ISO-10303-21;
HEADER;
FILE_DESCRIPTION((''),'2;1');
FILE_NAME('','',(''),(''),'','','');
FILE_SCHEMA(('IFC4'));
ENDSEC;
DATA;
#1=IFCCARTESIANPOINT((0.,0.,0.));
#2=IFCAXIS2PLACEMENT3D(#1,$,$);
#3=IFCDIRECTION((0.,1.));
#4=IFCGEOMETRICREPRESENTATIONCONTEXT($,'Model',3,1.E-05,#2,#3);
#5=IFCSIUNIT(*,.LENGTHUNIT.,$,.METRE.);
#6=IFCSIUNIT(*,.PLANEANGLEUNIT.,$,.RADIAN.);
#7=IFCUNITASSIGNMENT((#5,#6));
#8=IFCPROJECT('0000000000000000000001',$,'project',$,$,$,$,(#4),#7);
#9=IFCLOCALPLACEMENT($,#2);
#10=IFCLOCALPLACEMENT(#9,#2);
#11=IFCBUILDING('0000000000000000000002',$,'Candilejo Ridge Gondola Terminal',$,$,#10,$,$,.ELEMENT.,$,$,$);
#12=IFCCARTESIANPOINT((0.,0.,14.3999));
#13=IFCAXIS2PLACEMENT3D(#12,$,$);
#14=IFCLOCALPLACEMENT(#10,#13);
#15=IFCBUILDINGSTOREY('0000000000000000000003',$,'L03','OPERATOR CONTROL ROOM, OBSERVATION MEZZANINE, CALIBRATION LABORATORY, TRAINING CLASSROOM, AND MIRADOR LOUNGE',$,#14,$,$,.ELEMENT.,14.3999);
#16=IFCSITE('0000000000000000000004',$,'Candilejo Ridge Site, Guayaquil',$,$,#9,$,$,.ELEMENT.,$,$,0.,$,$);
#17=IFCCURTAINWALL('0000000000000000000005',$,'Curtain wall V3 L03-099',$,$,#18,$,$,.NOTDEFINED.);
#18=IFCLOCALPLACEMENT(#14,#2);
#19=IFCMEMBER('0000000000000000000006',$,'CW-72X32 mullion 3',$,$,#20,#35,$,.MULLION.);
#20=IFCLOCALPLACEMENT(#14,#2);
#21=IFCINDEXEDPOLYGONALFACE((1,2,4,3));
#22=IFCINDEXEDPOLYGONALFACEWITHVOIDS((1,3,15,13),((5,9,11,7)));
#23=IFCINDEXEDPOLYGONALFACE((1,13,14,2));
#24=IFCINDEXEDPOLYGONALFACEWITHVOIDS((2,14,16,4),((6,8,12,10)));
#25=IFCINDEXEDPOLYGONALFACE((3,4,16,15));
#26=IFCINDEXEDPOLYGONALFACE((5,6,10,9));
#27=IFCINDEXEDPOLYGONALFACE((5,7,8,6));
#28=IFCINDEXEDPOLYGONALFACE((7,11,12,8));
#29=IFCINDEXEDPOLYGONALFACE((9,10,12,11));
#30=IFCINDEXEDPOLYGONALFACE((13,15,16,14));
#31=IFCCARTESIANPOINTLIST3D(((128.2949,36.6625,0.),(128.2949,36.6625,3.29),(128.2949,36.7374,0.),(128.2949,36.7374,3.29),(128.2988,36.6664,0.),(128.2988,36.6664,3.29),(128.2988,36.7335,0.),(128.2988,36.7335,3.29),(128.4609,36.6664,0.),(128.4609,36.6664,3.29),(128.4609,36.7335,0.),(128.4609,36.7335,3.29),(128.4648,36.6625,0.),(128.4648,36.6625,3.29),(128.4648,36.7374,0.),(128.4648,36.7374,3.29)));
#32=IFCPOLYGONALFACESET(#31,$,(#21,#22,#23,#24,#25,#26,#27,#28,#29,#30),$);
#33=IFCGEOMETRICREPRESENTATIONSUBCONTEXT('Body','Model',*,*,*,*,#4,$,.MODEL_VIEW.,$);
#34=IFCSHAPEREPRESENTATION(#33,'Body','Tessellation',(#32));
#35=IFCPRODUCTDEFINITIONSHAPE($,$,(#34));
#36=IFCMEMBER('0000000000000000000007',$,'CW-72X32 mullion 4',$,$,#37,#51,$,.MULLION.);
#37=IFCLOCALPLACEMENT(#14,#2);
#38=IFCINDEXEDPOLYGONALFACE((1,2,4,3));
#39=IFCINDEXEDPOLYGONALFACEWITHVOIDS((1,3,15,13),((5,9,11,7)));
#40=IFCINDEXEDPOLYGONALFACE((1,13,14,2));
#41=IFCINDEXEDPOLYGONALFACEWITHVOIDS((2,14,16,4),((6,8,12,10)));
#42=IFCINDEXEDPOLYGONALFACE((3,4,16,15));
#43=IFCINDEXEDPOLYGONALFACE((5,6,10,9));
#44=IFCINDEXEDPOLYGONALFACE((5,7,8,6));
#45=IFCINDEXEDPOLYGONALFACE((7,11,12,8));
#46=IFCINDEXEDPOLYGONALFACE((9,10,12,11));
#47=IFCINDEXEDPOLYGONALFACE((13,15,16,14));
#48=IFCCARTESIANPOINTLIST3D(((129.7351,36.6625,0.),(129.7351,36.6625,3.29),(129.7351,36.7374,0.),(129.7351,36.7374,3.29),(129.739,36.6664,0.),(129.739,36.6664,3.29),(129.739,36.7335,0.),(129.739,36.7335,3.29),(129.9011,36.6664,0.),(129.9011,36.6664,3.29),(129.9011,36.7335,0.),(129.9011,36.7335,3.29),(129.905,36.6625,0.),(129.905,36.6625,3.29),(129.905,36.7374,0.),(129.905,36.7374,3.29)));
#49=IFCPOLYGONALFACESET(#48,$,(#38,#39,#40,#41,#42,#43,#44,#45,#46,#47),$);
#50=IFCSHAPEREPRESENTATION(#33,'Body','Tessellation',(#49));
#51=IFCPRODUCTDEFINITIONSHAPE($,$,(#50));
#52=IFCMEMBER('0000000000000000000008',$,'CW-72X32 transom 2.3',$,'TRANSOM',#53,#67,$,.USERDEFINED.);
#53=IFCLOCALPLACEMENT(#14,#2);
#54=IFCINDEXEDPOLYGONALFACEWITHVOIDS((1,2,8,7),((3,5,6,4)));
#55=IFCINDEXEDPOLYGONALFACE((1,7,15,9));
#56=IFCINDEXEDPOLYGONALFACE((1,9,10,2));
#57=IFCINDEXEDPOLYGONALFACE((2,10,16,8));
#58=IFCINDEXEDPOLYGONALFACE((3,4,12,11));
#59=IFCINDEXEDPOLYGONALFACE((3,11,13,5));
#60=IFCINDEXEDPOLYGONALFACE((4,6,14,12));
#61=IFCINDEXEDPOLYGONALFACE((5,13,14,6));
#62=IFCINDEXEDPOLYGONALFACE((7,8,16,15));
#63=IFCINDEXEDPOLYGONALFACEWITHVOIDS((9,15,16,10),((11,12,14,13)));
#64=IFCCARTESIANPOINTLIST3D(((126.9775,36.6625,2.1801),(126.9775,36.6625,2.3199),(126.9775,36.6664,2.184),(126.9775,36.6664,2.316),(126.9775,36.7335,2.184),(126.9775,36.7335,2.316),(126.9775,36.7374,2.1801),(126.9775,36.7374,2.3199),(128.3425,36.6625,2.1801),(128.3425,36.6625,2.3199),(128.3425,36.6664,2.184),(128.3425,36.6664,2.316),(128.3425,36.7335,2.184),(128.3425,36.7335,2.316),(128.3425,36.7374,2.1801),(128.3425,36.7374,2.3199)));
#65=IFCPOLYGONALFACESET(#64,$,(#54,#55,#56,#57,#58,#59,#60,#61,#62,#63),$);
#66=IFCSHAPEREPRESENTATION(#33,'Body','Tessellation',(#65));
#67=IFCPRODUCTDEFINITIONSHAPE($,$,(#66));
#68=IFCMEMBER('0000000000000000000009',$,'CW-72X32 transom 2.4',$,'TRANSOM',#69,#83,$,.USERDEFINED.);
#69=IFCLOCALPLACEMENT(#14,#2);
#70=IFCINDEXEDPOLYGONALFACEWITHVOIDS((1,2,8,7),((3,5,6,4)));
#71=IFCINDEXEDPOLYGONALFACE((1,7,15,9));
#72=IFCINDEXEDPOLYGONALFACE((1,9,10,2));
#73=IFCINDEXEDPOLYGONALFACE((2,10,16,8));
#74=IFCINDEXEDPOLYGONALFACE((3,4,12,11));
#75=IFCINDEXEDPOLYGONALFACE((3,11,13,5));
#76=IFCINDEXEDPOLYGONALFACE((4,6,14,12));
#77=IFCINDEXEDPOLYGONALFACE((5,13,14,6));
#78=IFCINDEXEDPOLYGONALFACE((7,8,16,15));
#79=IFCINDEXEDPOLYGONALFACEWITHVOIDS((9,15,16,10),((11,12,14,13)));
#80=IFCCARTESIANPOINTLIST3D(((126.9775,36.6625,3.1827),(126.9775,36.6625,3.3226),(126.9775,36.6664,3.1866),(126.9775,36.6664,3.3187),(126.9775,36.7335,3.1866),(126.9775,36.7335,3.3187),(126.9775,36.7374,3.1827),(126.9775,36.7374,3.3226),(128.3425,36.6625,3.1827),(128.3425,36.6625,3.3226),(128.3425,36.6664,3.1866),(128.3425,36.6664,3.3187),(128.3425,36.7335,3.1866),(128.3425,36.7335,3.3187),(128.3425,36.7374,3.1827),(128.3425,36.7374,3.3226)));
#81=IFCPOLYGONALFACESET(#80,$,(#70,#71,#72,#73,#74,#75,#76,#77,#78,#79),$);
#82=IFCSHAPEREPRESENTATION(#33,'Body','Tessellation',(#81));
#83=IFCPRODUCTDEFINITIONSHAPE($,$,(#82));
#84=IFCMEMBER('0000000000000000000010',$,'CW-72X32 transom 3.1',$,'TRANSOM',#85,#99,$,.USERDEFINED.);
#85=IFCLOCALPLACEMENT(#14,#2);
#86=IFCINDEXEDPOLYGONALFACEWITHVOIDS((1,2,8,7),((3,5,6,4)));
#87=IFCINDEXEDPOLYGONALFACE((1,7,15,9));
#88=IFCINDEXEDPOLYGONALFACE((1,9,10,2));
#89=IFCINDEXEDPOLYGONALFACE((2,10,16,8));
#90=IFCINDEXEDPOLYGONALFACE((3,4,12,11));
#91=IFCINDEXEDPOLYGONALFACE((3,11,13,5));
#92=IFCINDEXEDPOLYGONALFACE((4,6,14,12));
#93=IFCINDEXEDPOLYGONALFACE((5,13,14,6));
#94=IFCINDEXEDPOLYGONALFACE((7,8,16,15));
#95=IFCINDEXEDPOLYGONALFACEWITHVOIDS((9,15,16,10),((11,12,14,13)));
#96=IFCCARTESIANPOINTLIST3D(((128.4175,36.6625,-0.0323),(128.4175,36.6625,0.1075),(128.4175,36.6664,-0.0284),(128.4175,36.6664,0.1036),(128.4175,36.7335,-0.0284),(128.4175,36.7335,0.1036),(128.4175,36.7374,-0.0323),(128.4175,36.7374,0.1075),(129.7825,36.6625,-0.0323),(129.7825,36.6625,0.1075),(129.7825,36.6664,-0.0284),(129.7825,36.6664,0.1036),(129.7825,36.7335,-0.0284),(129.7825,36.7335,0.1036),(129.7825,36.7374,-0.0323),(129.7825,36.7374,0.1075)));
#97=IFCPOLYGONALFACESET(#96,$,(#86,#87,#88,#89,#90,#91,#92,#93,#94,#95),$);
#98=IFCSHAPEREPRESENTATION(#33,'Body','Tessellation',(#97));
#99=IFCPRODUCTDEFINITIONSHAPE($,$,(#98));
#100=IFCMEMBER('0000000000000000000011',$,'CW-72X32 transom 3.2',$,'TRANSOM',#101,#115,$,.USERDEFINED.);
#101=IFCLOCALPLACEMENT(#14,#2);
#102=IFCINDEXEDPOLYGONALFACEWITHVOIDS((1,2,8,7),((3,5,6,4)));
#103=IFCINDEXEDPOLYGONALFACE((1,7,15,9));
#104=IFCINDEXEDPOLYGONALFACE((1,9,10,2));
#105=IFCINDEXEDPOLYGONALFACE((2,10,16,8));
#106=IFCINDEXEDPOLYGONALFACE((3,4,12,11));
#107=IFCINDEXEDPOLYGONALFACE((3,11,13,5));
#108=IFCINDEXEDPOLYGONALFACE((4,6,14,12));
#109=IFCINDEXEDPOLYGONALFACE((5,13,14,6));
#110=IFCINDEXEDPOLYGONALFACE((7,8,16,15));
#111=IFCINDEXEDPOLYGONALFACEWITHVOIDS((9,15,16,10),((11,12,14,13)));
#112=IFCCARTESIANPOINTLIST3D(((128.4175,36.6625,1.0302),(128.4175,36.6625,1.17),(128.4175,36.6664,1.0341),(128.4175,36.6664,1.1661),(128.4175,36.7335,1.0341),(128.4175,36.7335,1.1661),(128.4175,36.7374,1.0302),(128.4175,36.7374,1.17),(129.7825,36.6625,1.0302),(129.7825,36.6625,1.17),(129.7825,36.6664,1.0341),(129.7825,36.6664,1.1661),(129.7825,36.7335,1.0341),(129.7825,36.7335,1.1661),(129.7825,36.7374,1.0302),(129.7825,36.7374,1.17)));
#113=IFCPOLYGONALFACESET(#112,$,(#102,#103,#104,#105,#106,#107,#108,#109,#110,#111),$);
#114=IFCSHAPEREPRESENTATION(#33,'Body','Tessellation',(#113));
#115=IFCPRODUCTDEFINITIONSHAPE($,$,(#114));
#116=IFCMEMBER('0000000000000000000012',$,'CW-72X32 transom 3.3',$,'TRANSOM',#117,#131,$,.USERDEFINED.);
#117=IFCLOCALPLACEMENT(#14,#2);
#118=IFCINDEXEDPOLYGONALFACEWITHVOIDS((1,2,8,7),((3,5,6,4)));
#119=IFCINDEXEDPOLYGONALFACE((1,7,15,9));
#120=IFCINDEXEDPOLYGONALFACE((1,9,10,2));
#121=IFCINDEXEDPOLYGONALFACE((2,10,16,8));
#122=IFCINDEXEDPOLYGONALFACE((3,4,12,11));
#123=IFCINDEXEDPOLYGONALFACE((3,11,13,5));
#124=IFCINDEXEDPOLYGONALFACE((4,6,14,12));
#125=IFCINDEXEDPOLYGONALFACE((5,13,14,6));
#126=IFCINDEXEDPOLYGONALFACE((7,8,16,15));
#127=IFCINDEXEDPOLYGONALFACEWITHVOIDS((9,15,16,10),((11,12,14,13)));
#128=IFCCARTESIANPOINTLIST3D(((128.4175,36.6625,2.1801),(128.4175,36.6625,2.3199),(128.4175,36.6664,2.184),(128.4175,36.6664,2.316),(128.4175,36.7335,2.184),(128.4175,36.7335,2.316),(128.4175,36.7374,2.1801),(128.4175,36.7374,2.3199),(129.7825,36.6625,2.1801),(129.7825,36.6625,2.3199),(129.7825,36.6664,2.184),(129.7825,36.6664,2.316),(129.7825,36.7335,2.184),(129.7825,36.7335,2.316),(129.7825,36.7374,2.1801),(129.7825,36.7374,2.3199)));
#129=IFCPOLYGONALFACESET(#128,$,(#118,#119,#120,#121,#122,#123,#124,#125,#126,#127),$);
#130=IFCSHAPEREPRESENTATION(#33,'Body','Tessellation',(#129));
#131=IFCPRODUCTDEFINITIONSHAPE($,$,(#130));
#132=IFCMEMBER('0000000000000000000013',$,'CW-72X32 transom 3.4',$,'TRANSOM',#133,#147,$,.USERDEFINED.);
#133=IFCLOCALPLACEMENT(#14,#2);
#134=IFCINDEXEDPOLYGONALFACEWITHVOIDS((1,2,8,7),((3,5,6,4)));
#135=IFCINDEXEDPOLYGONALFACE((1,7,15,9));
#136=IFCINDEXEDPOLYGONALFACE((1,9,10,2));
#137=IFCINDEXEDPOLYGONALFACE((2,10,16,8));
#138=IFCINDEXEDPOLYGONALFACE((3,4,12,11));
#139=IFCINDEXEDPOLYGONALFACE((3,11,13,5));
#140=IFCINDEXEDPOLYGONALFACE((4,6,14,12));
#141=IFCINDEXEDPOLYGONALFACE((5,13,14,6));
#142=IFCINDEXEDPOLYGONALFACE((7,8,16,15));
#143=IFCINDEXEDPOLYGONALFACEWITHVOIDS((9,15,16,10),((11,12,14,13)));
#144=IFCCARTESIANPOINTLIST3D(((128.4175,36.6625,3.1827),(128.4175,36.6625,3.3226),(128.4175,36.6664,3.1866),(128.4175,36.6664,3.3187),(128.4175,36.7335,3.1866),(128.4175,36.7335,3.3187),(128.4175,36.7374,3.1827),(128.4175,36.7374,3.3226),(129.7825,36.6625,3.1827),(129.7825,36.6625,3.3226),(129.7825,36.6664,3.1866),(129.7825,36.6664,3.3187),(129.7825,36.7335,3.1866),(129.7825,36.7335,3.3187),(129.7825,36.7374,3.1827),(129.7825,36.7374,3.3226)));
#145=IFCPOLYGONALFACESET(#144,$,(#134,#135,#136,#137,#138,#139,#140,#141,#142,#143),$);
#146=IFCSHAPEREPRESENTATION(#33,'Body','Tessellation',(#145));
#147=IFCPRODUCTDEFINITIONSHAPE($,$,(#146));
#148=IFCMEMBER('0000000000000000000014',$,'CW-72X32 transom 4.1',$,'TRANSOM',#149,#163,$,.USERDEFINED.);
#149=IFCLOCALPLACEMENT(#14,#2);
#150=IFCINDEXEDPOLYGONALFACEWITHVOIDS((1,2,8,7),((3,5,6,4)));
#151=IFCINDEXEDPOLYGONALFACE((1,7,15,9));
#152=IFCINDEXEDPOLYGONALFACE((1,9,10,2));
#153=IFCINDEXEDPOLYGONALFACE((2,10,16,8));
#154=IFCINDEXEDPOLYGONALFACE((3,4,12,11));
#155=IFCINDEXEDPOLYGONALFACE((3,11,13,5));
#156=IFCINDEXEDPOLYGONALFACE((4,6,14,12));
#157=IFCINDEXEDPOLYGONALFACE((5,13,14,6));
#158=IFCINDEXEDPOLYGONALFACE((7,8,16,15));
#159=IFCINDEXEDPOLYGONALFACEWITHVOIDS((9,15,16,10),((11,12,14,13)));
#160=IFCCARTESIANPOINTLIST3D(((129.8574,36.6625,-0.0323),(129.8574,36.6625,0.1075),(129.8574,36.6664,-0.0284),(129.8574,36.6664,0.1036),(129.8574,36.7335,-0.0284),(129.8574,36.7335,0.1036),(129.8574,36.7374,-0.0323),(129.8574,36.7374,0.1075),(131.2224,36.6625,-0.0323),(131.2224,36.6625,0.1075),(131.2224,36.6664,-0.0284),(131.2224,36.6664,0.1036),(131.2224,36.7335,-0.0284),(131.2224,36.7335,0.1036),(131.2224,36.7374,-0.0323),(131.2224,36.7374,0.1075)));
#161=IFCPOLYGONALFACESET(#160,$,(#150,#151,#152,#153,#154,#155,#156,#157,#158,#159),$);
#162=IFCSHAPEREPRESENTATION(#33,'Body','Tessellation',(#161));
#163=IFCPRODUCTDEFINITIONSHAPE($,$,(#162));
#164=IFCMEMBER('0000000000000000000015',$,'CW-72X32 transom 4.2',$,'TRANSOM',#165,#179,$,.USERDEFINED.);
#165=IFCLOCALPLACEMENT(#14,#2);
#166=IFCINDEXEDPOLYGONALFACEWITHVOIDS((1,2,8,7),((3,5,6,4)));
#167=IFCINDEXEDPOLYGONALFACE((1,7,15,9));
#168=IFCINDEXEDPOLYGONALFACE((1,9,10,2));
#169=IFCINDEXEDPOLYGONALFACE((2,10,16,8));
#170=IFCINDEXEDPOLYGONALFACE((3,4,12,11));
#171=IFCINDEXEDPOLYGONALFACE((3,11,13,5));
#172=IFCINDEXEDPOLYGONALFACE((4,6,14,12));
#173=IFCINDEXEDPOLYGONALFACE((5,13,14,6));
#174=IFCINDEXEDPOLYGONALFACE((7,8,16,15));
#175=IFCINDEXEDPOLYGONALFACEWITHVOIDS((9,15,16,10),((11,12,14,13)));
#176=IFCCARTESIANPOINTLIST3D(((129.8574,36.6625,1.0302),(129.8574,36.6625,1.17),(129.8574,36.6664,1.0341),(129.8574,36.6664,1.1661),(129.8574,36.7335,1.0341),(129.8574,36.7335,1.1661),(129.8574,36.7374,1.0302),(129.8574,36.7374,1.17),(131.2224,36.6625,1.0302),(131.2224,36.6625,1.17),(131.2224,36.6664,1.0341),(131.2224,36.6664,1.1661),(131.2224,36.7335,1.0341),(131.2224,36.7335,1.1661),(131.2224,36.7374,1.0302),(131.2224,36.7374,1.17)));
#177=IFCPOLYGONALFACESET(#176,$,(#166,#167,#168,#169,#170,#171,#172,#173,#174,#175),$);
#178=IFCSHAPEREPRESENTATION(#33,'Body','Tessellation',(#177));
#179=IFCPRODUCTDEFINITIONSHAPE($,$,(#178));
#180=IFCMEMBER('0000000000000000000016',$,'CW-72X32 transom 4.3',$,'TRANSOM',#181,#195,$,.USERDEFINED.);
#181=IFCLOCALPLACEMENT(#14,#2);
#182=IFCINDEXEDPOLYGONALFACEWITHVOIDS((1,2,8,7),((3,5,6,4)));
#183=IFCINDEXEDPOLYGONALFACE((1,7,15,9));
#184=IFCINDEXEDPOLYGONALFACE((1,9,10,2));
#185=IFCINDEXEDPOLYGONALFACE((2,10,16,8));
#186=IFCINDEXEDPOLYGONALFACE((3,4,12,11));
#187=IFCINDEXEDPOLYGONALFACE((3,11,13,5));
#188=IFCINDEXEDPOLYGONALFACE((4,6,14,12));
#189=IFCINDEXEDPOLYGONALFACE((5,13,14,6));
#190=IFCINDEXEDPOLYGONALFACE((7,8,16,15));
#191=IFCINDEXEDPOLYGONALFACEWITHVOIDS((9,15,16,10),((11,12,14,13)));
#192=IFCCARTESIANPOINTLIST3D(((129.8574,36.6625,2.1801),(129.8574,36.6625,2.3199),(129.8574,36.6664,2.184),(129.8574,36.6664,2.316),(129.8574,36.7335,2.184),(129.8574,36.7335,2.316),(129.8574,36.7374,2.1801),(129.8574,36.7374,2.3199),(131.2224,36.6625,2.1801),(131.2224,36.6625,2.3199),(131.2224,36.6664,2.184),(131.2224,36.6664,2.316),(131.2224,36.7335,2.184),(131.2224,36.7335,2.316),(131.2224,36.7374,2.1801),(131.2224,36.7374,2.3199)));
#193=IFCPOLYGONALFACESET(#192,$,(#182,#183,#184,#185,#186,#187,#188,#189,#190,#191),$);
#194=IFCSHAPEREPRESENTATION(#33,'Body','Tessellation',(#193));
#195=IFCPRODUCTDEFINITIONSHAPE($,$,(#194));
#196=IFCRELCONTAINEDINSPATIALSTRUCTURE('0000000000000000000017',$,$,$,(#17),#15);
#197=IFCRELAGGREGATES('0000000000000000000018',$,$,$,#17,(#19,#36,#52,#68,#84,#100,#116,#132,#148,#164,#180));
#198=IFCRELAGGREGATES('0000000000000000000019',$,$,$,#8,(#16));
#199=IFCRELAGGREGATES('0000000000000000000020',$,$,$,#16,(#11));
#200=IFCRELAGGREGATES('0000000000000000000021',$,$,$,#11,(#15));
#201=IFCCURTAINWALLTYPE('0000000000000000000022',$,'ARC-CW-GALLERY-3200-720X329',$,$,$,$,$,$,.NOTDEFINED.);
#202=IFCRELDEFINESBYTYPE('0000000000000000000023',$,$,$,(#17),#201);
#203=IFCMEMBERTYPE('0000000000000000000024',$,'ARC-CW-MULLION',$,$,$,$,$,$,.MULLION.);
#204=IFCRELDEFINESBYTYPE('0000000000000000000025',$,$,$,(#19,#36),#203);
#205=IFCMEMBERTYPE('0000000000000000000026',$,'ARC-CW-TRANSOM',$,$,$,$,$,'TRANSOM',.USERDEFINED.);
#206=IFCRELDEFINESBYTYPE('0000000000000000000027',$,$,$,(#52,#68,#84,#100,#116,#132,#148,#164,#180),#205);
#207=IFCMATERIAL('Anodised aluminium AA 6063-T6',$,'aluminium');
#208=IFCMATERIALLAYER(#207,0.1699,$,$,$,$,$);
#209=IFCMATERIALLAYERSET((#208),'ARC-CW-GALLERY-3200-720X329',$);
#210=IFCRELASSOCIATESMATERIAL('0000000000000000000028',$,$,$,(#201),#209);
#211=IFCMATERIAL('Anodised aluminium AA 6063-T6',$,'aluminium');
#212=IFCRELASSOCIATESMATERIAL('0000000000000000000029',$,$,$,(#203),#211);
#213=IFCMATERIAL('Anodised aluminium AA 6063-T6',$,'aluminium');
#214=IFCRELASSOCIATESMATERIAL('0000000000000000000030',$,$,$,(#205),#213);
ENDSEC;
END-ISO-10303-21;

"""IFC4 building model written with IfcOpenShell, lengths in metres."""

from ifc_helpers import new_model, si_unit, direction, frame, origin, origin_2d, place, context, subcontext, project, spatial, hollow_rectangle, extrude, material, layer, layer_set, material_profile, profile_set, type_object, element, aggregate, save


model = new_model("IFC4")

# Units and contexts
model_context = context("Model", 3, precision=1e-05, world=origin(), true_north=direction((0.0, 1.0)))
body_context = subcontext(model_context, "Body", "Model", "MODEL_VIEW")
ifc_project = project(units=[si_unit("LENGTHUNIT", "METRE"), si_unit("PLANEANGLEUNIT", "RADIAN")], contexts=[model_context])

# Site, building, storey
site_placement = place(None, origin())
site = spatial("IfcSite", under=ifc_project, at=site_placement, Name="Candilejo Ridge Site, Guayaquil", CompositionType="ELEMENT", RefElevation=0.0)
building_placement = place(site_placement, origin())
building = spatial("IfcBuilding", under=site, at=building_placement, Name="Candilejo Ridge Gondola Terminal", CompositionType="ELEMENT")
storey_placement = place(building_placement, frame((0.0, 0.0, 14.3999)))
storey = spatial("IfcBuildingStorey", under=building, at=storey_placement, Name="L03", Description="OPERATOR CONTROL ROOM, OBSERVATION MEZZANINE, CALIBRATION LABORATORY, TRAINING CLASSROOM, AND MIRADOR LOUNGE", CompositionType="ELEMENT", Elevation=14.3999)

# Curtain wall, members
ifc_material_1 = material(Name="Anodised aluminium AA 6063-T6", Category="aluminium")
ifc_layer_1 = layer(ifc_material_1, 0.1699)
ifc_layer_set_1 = layer_set([ifc_layer_1], Name="ARC-CW-GALLERY-3200-720X329")
curtain_wall_type = type_object("IfcCurtainWallType", Name="ARC-CW-GALLERY-3200-720X329", PredefinedType="NOTDEFINED", material=ifc_layer_set_1)
curtain_wall_placement = place(storey_placement, origin())
curtain_wall = element("IfcCurtainWall", 1, at=curtain_wall_placement, inside=storey, type_object=curtain_wall_type, Name="Curtain wall V3 L03-099", PredefinedType="NOTDEFINED")
ifc_material_2 = material(Name="Anodised aluminium AA 6063-T6", Category="aluminium")
ifc_material_profile_1 = material_profile(ifc_material_2, hollow_rectangle(XDim=0.075, YDim=0.1699, WallThickness=0.0039, at=origin_2d()))
ifc_profile_set_1 = profile_set([ifc_material_profile_1], Name="Anodised aluminium AA 6063-T6")
member_type_1 = type_object("IfcMemberType", Name="ARC-CW-MULLION", PredefinedType="MULLION", material=ifc_profile_set_1)
member_1_placement = place(storey_placement, frame((128.3799, 36.7, 0.0), z_axis=(0.0, 0.0, 1.0), x_axis=(0.0, 1.0, 0.0)))
member_1 = element("IfcMember", 2, at=member_1_placement, type_object=member_type_1, Name="CW-72X32 mullion 3", PredefinedType="MULLION", context=body_context, shape_type="SweptSolid", body=[
    extrude(hollow_rectangle(XDim=0.075, YDim=0.1699, WallThickness=0.0039, at=origin_2d()), origin(), (0.0, 0.0, 1.0), 3.29),
])
member_2_placement = place(storey_placement, frame((129.8201, 36.7, 0.0), z_axis=(0.0, 0.0, 1.0), x_axis=(0.0, 1.0, 0.0)))
member_2 = element("IfcMember", 3, at=member_2_placement, type_object=member_type_1, Name="CW-72X32 mullion 4", PredefinedType="MULLION", context=body_context, shape_type="SweptSolid", body=[
    extrude(hollow_rectangle(XDim=0.075, YDim=0.1699, WallThickness=0.0039, at=origin_2d()), origin(), (0.0, 0.0, 1.0), 3.29),
])
ifc_material_3 = material(Name="Anodised aluminium AA 6063-T6", Category="aluminium")
ifc_material_profile_2 = material_profile(ifc_material_3, hollow_rectangle(XDim=0.075, YDim=0.1399, WallThickness=0.0039, at=origin_2d()))
ifc_profile_set_2 = profile_set([ifc_material_profile_2], Name="Anodised aluminium AA 6063-T6")
member_type_2 = type_object("IfcMemberType", Name="ARC-CW-TRANSOM", ElementType="TRANSOM", PredefinedType="USERDEFINED", material=ifc_profile_set_2)
member_3_placement = place(storey_placement, frame((126.9775, 36.7, 2.25), z_axis=(1.0, 0.0, 0.0), x_axis=(0.0, 1.0, 0.0)))
member_3 = element("IfcMember", 4, at=member_3_placement, type_object=member_type_2, Name="CW-72X32 transom 2.3", ObjectType="TRANSOM", PredefinedType="USERDEFINED", context=body_context, shape_type="SweptSolid", body=[
    extrude(hollow_rectangle(XDim=0.075, YDim=0.1399, WallThickness=0.0039, at=origin_2d()), origin(), (0.0, 0.0, 1.0), 1.365),
])
member_4_placement = place(storey_placement, frame((126.9775, 36.7, 3.2527), z_axis=(1.0, 0.0, 0.0), x_axis=(0.0, 1.0, 0.0)))
member_4 = element("IfcMember", 5, at=member_4_placement, type_object=member_type_2, Name="CW-72X32 transom 2.4", ObjectType="TRANSOM", PredefinedType="USERDEFINED", context=body_context, shape_type="SweptSolid", body=[
    extrude(hollow_rectangle(XDim=0.075, YDim=0.1399, WallThickness=0.0039, at=origin_2d()), origin(), (0.0, 0.0, 1.0), 1.365),
])
member_5_placement = place(storey_placement, frame((128.4175, 36.7, 0.0376), z_axis=(1.0, 0.0, 0.0), x_axis=(0.0, 1.0, 0.0)))
member_5 = element("IfcMember", 6, at=member_5_placement, type_object=member_type_2, Name="CW-72X32 transom 3.1", ObjectType="TRANSOM", PredefinedType="USERDEFINED", context=body_context, shape_type="SweptSolid", body=[
    extrude(hollow_rectangle(XDim=0.075, YDim=0.1399, WallThickness=0.0039, at=origin_2d()), origin(), (0.0, 0.0, 1.0), 1.365),
])
member_6_placement = place(storey_placement, frame((128.4175, 36.7, 1.1001), z_axis=(1.0, 0.0, 0.0), x_axis=(0.0, 1.0, 0.0)))
member_6 = element("IfcMember", 7, at=member_6_placement, type_object=member_type_2, Name="CW-72X32 transom 3.2", ObjectType="TRANSOM", PredefinedType="USERDEFINED", context=body_context, shape_type="SweptSolid", body=[
    extrude(hollow_rectangle(XDim=0.075, YDim=0.1399, WallThickness=0.0039, at=origin_2d()), origin(), (0.0, 0.0, 1.0), 1.365),
])
member_7_placement = place(storey_placement, frame((128.4175, 36.7, 2.25), z_axis=(1.0, 0.0, 0.0), x_axis=(0.0, 1.0, 0.0)))
member_7 = element("IfcMember", 8, at=member_7_placement, type_object=member_type_2, Name="CW-72X32 transom 3.3", ObjectType="TRANSOM", PredefinedType="USERDEFINED", context=body_context, shape_type="SweptSolid", body=[
    extrude(hollow_rectangle(XDim=0.075, YDim=0.1399, WallThickness=0.0039, at=origin_2d()), origin(), (0.0, 0.0, 1.0), 1.365),
])
member_8_placement = place(storey_placement, frame((128.4175, 36.7, 3.2527), z_axis=(1.0, 0.0, 0.0), x_axis=(0.0, 1.0, 0.0)))
member_8 = element("IfcMember", 9, at=member_8_placement, type_object=member_type_2, Name="CW-72X32 transom 3.4", ObjectType="TRANSOM", PredefinedType="USERDEFINED", context=body_context, shape_type="SweptSolid", body=[
    extrude(hollow_rectangle(XDim=0.075, YDim=0.1399, WallThickness=0.0039, at=origin_2d()), origin(), (0.0, 0.0, 1.0), 1.365),
])
member_9_placement = place(storey_placement, frame((129.8574, 36.7, 0.0376), z_axis=(1.0, 0.0, 0.0), x_axis=(0.0, 1.0, 0.0)))
member_9 = element("IfcMember", 10, at=member_9_placement, type_object=member_type_2, Name="CW-72X32 transom 4.1", ObjectType="TRANSOM", PredefinedType="USERDEFINED", context=body_context, shape_type="SweptSolid", body=[
    extrude(hollow_rectangle(XDim=0.075, YDim=0.1399, WallThickness=0.0039, at=origin_2d()), origin(), (0.0, 0.0, 1.0), 1.365),
])
member_10_placement = place(storey_placement, frame((129.8574, 36.7, 1.1001), z_axis=(1.0, 0.0, 0.0), x_axis=(0.0, 1.0, 0.0)))
member_10 = element("IfcMember", 11, at=member_10_placement, type_object=member_type_2, Name="CW-72X32 transom 4.2", ObjectType="TRANSOM", PredefinedType="USERDEFINED", context=body_context, shape_type="SweptSolid", body=[
    extrude(hollow_rectangle(XDim=0.075, YDim=0.1399, WallThickness=0.0039, at=origin_2d()), origin(), (0.0, 0.0, 1.0), 1.365),
])
member_11_placement = place(storey_placement, frame((129.8574, 36.7, 2.25), z_axis=(1.0, 0.0, 0.0), x_axis=(0.0, 1.0, 0.0)))
member_11 = element("IfcMember", 12, at=member_11_placement, type_object=member_type_2, Name="CW-72X32 transom 4.3", ObjectType="TRANSOM", PredefinedType="USERDEFINED", context=body_context, shape_type="SweptSolid", body=[
    extrude(hollow_rectangle(XDim=0.075, YDim=0.1399, WallThickness=0.0039, at=origin_2d()), origin(), (0.0, 0.0, 1.0), 1.365),
])
aggregate(curtain_wall, [member_1, member_2, member_3, member_4, member_5, member_6, member_7, member_8, member_9, member_10, member_11])

save(model, "model.ifc")
